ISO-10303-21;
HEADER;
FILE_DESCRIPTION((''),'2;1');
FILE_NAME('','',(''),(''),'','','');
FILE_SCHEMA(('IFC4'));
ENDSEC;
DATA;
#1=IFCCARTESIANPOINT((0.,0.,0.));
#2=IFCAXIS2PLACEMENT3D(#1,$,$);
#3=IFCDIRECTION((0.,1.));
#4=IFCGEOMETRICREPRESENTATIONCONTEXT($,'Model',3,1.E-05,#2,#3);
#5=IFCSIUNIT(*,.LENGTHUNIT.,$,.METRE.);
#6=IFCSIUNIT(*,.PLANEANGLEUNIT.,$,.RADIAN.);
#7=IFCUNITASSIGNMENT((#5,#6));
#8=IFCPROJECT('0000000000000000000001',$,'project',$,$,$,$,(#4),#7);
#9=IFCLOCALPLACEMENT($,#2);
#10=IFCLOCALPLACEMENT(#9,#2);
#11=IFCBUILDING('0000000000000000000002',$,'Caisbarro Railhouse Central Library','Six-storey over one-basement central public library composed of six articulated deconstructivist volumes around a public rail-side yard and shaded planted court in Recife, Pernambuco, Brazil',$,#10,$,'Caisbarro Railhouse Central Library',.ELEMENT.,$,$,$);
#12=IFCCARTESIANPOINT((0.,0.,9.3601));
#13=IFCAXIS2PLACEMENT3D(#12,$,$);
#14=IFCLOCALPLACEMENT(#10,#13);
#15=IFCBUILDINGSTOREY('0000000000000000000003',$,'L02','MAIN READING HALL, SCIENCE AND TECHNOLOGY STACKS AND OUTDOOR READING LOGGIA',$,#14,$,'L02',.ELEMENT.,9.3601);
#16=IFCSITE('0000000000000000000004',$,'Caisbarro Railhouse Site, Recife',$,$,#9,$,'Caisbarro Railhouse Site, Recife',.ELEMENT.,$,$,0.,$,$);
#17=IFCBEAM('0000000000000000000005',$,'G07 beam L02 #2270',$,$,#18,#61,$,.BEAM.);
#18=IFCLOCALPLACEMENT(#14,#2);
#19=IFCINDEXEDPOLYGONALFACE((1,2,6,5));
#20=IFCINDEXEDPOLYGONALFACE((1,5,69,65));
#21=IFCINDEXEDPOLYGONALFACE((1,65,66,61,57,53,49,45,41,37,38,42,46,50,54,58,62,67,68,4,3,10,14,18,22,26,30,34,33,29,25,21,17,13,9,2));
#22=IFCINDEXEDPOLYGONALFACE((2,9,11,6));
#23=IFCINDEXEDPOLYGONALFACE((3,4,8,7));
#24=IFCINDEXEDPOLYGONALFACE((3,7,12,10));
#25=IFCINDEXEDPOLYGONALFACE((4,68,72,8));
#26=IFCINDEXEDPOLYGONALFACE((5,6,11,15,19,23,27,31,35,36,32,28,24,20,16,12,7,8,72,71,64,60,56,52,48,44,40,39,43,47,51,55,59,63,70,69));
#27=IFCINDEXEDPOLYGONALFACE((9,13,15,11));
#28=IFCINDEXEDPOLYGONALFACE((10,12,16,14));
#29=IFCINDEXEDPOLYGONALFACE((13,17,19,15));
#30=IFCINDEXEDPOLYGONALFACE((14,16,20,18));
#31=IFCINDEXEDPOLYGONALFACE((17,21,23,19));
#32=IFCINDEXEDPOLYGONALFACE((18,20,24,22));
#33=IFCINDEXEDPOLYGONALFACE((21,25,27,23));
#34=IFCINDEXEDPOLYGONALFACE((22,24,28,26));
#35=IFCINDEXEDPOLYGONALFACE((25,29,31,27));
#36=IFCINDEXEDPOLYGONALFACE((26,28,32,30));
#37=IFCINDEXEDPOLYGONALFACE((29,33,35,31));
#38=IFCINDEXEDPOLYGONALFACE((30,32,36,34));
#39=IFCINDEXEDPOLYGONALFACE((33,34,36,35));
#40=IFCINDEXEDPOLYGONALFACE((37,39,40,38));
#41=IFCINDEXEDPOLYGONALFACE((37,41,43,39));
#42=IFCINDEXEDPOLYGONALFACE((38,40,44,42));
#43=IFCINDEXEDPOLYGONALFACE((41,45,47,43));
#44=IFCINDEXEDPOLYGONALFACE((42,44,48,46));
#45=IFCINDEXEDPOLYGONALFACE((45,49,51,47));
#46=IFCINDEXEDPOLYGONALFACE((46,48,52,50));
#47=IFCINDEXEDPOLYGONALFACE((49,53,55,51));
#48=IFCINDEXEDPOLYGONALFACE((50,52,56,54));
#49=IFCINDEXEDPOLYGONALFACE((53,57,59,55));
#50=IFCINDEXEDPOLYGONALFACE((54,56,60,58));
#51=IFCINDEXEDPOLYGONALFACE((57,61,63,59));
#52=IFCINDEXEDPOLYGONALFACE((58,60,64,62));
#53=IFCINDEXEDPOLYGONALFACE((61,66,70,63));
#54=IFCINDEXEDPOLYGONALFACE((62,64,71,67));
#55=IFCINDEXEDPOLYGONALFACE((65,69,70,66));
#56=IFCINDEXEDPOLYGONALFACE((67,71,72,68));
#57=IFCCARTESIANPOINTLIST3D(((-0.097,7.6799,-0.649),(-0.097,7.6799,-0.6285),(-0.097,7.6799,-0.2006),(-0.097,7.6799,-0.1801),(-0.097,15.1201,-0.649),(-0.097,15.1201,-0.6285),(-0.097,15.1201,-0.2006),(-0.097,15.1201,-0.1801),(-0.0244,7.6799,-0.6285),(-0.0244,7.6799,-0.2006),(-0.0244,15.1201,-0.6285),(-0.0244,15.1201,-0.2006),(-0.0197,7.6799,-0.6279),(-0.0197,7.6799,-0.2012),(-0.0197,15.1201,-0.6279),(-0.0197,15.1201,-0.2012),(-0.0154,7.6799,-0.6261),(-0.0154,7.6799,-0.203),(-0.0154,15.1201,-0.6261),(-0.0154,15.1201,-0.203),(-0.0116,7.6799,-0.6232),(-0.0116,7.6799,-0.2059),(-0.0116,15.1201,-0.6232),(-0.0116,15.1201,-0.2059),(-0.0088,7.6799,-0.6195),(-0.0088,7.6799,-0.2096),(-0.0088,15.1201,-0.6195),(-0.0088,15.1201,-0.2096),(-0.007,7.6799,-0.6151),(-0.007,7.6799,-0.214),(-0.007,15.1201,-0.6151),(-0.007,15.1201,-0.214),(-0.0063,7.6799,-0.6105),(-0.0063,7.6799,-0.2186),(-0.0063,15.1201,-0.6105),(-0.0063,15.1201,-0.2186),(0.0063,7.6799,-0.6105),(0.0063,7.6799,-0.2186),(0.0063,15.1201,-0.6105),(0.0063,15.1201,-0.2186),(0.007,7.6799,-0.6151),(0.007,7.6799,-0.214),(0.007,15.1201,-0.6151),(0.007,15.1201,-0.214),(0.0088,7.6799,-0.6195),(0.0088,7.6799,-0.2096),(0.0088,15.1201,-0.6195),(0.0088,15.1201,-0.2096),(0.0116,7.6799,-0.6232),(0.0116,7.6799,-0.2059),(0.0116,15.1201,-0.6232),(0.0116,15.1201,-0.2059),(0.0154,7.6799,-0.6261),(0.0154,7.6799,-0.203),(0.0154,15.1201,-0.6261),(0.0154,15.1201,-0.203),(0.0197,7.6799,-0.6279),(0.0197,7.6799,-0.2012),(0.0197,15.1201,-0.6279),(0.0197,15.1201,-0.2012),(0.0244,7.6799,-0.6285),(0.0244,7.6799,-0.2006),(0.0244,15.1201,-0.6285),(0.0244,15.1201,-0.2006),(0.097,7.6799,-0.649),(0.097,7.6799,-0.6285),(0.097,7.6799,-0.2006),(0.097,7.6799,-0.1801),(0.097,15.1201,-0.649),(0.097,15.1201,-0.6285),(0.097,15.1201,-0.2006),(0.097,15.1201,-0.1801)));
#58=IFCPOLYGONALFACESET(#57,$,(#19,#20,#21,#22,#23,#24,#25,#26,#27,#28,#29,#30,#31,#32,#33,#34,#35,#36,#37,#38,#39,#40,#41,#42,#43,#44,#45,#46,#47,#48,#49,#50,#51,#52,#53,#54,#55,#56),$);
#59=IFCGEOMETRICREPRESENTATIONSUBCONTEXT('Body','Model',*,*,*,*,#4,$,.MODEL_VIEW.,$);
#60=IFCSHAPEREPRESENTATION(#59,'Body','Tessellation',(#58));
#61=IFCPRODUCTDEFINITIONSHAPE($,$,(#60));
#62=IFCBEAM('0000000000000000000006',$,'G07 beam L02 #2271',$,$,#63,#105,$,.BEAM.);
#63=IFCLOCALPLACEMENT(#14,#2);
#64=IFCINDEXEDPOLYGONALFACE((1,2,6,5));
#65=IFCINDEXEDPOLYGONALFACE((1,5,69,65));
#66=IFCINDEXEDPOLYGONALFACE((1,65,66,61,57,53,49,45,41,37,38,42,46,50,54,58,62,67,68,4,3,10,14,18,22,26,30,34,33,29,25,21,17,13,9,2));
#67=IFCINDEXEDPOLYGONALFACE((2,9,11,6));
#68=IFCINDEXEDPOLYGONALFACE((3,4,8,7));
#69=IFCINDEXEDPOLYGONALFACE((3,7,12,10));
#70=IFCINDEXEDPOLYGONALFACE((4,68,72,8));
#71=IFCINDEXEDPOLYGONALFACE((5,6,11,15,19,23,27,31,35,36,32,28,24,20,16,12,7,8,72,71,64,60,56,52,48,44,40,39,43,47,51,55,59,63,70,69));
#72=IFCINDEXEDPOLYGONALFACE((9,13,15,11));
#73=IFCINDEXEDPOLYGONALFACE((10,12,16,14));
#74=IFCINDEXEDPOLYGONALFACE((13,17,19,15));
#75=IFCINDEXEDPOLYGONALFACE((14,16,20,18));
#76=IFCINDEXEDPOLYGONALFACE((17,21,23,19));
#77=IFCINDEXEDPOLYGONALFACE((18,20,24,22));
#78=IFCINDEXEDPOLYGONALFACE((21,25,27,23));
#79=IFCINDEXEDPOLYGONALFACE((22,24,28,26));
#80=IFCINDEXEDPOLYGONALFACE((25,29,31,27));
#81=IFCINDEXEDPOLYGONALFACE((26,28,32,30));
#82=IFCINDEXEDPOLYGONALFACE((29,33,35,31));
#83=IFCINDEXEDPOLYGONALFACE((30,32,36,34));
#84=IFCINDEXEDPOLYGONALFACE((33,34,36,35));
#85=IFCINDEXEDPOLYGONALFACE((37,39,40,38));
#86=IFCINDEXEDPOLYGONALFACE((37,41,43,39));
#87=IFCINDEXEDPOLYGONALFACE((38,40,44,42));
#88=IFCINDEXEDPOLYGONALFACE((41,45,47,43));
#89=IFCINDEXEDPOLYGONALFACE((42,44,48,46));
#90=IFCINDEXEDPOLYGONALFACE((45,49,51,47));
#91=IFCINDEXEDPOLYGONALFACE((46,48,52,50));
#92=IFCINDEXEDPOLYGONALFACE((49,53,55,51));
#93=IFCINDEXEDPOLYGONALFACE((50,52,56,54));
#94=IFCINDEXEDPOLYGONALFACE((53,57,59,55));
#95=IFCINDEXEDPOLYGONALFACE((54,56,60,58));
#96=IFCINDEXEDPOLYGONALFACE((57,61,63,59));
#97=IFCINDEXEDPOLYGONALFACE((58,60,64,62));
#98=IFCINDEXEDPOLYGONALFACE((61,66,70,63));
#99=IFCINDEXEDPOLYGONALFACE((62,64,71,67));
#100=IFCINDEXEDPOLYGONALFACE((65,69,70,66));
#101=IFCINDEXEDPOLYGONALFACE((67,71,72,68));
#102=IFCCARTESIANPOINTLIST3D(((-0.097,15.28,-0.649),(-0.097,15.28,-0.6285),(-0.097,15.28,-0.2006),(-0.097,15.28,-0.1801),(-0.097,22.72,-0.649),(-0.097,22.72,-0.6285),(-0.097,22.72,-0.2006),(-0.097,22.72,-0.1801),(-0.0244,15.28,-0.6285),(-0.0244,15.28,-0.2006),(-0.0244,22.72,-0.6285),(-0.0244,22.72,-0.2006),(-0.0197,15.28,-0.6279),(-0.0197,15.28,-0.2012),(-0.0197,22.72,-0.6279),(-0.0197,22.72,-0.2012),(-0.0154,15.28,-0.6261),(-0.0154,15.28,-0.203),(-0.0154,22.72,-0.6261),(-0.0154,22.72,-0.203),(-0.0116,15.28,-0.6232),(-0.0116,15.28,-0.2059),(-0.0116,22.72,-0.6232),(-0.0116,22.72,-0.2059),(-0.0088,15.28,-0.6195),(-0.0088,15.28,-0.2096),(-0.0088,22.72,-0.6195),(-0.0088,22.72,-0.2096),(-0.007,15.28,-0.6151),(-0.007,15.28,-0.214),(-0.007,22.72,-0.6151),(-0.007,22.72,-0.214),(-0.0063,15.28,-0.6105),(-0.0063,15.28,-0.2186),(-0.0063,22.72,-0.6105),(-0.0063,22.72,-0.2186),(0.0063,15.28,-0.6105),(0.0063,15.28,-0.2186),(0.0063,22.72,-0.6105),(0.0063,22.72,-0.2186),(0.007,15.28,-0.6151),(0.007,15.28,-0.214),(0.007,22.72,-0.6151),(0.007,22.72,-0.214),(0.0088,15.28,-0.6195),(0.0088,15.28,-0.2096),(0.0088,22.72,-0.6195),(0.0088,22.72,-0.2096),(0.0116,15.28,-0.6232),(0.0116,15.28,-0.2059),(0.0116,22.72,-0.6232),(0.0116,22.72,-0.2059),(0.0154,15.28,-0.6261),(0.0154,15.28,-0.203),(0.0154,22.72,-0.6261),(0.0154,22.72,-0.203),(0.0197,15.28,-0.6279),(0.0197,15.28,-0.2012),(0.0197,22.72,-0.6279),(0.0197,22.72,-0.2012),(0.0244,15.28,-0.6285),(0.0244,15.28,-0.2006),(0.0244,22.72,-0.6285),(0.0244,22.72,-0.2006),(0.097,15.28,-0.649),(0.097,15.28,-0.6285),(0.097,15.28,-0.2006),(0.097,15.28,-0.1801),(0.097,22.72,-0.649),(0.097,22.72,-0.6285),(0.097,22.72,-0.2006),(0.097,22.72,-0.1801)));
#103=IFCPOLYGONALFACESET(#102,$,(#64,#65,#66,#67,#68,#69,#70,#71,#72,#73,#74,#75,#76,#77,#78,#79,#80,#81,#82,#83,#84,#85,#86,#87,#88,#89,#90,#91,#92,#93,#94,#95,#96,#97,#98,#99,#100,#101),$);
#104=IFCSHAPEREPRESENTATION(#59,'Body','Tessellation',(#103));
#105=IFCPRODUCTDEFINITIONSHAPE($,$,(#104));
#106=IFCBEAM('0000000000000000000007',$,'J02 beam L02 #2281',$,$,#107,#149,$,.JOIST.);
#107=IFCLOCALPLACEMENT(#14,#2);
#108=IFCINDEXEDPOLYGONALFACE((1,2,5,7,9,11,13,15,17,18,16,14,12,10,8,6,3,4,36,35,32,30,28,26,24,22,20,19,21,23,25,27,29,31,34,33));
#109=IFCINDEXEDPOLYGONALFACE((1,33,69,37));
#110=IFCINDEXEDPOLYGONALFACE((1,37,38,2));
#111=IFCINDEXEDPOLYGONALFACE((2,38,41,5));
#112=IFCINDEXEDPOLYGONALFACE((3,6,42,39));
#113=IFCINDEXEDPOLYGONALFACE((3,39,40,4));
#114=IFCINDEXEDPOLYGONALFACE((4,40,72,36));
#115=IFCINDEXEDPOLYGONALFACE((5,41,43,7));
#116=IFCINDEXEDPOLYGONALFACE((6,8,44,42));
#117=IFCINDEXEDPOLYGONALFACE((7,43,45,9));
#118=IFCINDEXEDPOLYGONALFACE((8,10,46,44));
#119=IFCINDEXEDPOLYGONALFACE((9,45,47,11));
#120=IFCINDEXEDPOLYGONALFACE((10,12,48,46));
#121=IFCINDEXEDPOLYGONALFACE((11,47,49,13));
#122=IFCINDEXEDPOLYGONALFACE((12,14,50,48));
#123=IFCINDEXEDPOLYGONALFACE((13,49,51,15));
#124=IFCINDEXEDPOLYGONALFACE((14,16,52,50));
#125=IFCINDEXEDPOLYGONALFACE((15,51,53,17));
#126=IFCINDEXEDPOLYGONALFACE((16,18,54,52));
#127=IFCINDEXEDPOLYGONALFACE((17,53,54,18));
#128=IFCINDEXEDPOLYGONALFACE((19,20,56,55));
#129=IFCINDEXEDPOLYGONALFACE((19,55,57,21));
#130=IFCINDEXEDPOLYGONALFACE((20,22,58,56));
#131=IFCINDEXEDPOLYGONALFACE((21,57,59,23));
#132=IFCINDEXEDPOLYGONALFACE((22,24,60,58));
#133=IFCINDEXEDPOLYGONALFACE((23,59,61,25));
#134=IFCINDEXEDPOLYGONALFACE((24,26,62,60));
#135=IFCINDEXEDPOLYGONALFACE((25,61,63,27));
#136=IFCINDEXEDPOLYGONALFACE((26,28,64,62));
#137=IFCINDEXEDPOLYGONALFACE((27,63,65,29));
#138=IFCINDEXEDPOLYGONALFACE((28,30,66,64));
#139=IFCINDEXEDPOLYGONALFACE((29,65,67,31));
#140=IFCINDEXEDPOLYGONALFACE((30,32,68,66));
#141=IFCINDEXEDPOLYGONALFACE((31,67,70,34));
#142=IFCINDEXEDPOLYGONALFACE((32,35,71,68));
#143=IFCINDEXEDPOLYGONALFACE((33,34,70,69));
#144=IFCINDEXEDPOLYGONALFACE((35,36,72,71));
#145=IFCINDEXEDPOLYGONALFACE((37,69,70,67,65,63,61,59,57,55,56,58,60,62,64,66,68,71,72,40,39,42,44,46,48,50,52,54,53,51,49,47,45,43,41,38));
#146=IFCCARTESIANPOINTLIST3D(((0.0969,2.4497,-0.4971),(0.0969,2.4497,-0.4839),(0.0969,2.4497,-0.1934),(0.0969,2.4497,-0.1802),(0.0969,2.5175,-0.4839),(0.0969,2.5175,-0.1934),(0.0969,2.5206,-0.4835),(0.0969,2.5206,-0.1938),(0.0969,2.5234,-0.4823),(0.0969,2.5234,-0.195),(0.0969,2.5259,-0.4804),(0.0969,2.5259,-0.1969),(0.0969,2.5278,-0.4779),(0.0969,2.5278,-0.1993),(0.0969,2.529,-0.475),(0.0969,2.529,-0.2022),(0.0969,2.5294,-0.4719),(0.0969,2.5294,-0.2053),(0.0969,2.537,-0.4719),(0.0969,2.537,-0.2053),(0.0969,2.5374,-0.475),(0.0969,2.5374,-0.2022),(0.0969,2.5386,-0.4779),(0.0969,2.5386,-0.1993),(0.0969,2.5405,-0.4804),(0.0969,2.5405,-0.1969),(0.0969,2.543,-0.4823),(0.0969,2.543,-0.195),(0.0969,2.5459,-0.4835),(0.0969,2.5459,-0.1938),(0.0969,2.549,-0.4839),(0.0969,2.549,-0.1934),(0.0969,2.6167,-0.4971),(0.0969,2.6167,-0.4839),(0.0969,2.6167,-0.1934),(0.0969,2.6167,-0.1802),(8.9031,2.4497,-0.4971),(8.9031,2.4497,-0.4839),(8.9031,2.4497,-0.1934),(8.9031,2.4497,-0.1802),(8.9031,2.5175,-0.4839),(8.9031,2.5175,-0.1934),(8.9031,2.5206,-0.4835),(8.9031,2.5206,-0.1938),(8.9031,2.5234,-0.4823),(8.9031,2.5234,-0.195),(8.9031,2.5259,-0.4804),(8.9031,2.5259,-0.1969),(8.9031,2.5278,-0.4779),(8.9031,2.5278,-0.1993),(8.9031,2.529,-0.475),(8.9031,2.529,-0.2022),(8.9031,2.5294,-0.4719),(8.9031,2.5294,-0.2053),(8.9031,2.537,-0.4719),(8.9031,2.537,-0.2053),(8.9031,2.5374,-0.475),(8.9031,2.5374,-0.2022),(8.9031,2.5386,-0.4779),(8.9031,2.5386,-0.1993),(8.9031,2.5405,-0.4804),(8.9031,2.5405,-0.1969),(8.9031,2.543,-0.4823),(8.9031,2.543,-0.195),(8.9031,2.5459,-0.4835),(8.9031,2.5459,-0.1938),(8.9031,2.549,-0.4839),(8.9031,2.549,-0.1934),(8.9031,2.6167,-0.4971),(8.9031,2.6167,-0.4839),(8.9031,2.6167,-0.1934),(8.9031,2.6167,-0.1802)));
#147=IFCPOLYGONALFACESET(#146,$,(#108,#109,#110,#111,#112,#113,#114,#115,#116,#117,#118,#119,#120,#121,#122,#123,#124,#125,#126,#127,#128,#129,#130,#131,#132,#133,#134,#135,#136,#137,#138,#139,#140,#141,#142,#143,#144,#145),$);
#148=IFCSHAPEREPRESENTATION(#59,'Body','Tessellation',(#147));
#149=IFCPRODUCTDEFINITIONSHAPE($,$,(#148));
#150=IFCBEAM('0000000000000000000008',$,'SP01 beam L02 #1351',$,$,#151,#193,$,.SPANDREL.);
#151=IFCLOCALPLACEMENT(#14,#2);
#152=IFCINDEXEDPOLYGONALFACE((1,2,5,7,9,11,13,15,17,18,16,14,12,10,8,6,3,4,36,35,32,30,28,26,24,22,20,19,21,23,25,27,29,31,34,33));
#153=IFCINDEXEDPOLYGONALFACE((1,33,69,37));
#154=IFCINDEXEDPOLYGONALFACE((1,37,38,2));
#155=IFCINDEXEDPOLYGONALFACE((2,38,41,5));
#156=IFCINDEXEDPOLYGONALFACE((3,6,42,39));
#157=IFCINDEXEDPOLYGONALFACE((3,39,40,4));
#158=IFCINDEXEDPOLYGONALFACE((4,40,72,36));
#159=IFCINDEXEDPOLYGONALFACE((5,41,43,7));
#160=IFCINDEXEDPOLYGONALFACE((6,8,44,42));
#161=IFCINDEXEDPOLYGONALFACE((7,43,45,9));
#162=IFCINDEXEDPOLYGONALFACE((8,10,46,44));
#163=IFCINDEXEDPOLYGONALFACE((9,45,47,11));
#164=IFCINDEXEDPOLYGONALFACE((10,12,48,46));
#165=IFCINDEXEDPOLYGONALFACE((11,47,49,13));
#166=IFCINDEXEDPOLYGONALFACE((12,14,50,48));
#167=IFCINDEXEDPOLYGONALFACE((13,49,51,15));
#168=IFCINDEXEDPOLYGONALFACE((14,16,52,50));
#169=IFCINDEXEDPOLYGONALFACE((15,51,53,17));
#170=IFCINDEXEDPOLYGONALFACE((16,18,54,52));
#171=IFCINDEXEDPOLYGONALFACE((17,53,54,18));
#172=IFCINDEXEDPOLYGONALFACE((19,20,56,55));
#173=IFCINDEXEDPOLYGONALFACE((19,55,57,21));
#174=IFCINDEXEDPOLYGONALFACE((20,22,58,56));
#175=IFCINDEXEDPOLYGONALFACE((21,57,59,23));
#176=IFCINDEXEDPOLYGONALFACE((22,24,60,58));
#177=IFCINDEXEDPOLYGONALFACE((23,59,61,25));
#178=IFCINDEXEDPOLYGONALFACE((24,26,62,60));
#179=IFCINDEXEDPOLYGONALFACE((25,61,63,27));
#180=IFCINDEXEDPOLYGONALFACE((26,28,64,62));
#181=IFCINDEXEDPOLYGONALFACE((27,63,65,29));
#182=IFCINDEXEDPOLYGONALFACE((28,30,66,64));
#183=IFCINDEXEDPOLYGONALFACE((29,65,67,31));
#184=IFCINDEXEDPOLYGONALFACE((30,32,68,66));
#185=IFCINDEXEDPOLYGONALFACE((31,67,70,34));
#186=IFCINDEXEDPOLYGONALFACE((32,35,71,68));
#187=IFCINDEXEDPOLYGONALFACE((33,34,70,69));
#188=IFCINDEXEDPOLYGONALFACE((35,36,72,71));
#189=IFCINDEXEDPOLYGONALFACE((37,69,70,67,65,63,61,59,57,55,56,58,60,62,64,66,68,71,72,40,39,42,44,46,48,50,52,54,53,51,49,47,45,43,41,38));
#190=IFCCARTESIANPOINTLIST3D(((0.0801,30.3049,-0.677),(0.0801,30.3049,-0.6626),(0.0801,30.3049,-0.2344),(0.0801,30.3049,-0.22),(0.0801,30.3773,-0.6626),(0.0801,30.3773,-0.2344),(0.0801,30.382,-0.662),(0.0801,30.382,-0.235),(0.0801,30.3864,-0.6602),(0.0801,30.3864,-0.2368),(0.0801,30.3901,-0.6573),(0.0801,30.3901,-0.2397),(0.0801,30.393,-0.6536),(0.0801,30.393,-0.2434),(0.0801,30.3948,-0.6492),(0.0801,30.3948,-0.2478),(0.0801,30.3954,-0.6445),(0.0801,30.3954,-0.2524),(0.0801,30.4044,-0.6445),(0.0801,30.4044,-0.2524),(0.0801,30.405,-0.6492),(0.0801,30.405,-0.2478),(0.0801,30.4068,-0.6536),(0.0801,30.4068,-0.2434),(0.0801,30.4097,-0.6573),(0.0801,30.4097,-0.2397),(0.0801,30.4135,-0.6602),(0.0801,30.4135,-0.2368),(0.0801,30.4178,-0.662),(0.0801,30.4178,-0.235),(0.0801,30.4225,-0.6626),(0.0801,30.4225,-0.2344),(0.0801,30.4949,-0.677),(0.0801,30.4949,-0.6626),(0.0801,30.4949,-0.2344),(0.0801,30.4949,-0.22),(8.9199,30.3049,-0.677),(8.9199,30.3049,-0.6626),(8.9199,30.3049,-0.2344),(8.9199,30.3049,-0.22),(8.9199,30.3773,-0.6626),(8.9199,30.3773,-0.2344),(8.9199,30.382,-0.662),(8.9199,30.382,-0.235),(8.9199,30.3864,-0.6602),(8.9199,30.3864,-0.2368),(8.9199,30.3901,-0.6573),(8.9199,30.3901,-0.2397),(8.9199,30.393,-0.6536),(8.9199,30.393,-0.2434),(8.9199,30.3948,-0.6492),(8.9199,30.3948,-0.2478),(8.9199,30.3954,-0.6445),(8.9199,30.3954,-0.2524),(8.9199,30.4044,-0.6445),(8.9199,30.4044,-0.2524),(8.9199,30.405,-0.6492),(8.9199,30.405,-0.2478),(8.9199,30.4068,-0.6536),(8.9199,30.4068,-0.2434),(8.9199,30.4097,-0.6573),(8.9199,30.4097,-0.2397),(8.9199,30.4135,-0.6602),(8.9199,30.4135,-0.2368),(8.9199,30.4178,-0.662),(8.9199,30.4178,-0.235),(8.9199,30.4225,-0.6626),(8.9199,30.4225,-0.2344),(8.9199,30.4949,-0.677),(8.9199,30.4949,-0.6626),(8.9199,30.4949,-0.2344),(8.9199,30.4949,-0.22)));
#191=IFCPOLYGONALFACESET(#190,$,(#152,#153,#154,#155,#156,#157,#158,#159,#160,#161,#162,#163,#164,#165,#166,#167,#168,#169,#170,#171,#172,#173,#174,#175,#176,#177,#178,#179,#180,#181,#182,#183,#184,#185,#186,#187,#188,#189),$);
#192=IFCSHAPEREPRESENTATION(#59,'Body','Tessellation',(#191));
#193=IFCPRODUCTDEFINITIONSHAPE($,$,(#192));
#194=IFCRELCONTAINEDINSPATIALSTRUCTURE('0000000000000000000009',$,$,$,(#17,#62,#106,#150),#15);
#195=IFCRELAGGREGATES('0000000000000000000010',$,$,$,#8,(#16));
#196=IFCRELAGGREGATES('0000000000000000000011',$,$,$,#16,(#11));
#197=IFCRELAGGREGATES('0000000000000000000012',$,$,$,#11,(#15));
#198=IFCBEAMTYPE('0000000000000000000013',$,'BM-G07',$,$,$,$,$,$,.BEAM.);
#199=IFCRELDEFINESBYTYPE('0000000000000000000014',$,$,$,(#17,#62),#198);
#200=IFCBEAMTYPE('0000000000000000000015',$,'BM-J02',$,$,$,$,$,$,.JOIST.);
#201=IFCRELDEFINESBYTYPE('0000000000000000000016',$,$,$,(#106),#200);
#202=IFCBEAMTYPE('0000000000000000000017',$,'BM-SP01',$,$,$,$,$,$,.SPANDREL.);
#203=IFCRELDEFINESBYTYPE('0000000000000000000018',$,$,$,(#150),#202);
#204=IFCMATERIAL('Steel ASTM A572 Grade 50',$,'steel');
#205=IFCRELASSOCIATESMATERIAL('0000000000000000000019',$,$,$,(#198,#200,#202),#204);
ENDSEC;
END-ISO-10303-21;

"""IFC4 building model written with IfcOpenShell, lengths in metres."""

from ifc_helpers import new_model, si_unit, direction, frame, origin, origin_2d, place, context, subcontext, project, spatial, i_section, extrude, material, material_profile, profile_set, type_object, element, save


model = new_model("IFC4")

# Units and contexts
model_context = context("Model", 3, precision=1e-05, world=origin(), true_north=direction((0.0, 1.0)))
body_context = subcontext(model_context, "Body", "Model", "MODEL_VIEW")
ifc_project = project(units=[si_unit("LENGTHUNIT", "METRE"), si_unit("PLANEANGLEUNIT", "RADIAN")], contexts=[model_context])

# Site, building, storey
site_placement = place(None, origin())
site = spatial("IfcSite", under=ifc_project, at=site_placement, Name="Caisbarro Railhouse Site, Recife", LongName="Caisbarro Railhouse Site, Recife", CompositionType="ELEMENT", RefElevation=0.0)
building_placement = place(site_placement, origin())
building = spatial("IfcBuilding", under=site, at=building_placement, Name="Caisbarro Railhouse Central Library", Description="Six-storey over one-basement central public library composed of six articulated deconstructivist volumes around a public rail-side yard and shaded planted court in Recife, Pernambuco, Brazil", LongName="Caisbarro Railhouse Central Library", CompositionType="ELEMENT")
storey_placement = place(building_placement, frame((0.0, 0.0, 9.3601)))
storey = spatial("IfcBuildingStorey", under=building, at=storey_placement, Name="L02", Description="MAIN READING HALL, SCIENCE AND TECHNOLOGY STACKS AND OUTDOOR READING LOGGIA", LongName="L02", CompositionType="ELEMENT", Elevation=9.3601)

# Shared definitions
ifc_material_1 = material(Name="Steel ASTM A572 Grade 50", Category="steel")

# Beams
ifc_material_profile_1 = material_profile(ifc_material_1, i_section(OverallWidth=0.1941, OverallDepth=0.469, WebThickness=0.0127, FlangeThickness=0.0205, FilletRadius=0.0181, at=origin_2d()), Name="W460X106.0")
ifc_profile_set_1 = profile_set([ifc_material_profile_1], Name="Steel ASTM A572 Grade 50")
beam_type_1 = type_object("IfcBeamType", Name="BM-G07", PredefinedType="BEAM", material=ifc_profile_set_1)
beam_1_placement = place(storey_placement, frame((0.0, 7.6799, -0.4146), z_axis=(0.0, 1.0, 0.0), x_axis=(-1.0, 0.0, 0.0)))
element("IfcBeam", 1, at=beam_1_placement, inside=storey, type_object=beam_type_1, Name="G07 beam L02 #2270", PredefinedType="BEAM", context=body_context, shape_type="SweptSolid", body=[
    extrude(i_section(OverallWidth=0.1941, OverallDepth=0.469, WebThickness=0.0127, FlangeThickness=0.0205, FilletRadius=0.0181, at=origin_2d()), origin(), (0.0, 0.0, 1.0), 7.4402),
])
beam_2_placement = place(storey_placement, frame((0.0, 15.28, -0.4146), z_axis=(0.0, 1.0, 0.0), x_axis=(-1.0, 0.0, 0.0)))
element("IfcBeam", 2, at=beam_2_placement, inside=storey, type_object=beam_type_1, Name="G07 beam L02 #2271", PredefinedType="BEAM", context=body_context, shape_type="SweptSolid", body=[
    extrude(i_section(OverallWidth=0.1941, OverallDepth=0.469, WebThickness=0.0127, FlangeThickness=0.0205, FilletRadius=0.0181, at=origin_2d()), origin(), (0.0, 0.0, 1.0), 7.4399),
])
ifc_material_profile_2 = material_profile(ifc_material_1, i_section(OverallWidth=0.167, OverallDepth=0.3169, WebThickness=0.0076, FlangeThickness=0.0132, FilletRadius=0.012, at=origin_2d()), Name="W310X52.0")
ifc_profile_set_2 = profile_set([ifc_material_profile_2], Name="Steel ASTM A572 Grade 50")
beam_type_2 = type_object("IfcBeamType", Name="BM-J02", PredefinedType="JOIST", material=ifc_profile_set_2)
beam_3_placement = place(storey_placement, frame((0.0969, 2.5332, -0.3386), z_axis=(1.0, 0.0, 0.0), x_axis=(0.0, 1.0, 0.0)))
element("IfcBeam", 3, at=beam_3_placement, inside=storey, type_object=beam_type_2, Name="J02 beam L02 #2281", PredefinedType="JOIST", context=body_context, shape_type="SweptSolid", body=[
    extrude(i_section(OverallWidth=0.167, OverallDepth=0.3169, WebThickness=0.0076, FlangeThickness=0.0132, FilletRadius=0.012, at=origin_2d()), origin(), (0.0, 0.0, 1.0), 8.8062),
])
ifc_material_profile_3 = material_profile(ifc_material_1, i_section(OverallWidth=0.1899, OverallDepth=0.457, WebThickness=0.009, FlangeThickness=0.0144, FilletRadius=0.0181, at=origin_2d()), Name="W460X74.0")
ifc_profile_set_3 = profile_set([ifc_material_profile_3], Name="Steel ASTM A572 Grade 50")
beam_type_3 = type_object("IfcBeamType", Name="BM-SP01", PredefinedType="SPANDREL", material=ifc_profile_set_3)
for number, where, z_axis, x_axis, name in (
    (4, (0.0801, 30.3999, -0.4485), (1.0, 0.0, 0.0), (0.0, 1.0, 0.0), "SP01 beam L02 #1351"),
):
    element("IfcBeam", number, at=place(storey_placement, frame(where, z_axis=z_axis, x_axis=x_axis)), inside=storey, type_object=beam_type_3, Name=name, PredefinedType="SPANDREL", context=body_context, shape_type="SweptSolid", body=[
        extrude(i_section(OverallWidth=0.1899, OverallDepth=0.457, WebThickness=0.009, FlangeThickness=0.0144, FilletRadius=0.0181, at=origin_2d()), origin(), (0.0, 0.0, 1.0), 8.8398),
    ])

save(model, "model.ifc")
